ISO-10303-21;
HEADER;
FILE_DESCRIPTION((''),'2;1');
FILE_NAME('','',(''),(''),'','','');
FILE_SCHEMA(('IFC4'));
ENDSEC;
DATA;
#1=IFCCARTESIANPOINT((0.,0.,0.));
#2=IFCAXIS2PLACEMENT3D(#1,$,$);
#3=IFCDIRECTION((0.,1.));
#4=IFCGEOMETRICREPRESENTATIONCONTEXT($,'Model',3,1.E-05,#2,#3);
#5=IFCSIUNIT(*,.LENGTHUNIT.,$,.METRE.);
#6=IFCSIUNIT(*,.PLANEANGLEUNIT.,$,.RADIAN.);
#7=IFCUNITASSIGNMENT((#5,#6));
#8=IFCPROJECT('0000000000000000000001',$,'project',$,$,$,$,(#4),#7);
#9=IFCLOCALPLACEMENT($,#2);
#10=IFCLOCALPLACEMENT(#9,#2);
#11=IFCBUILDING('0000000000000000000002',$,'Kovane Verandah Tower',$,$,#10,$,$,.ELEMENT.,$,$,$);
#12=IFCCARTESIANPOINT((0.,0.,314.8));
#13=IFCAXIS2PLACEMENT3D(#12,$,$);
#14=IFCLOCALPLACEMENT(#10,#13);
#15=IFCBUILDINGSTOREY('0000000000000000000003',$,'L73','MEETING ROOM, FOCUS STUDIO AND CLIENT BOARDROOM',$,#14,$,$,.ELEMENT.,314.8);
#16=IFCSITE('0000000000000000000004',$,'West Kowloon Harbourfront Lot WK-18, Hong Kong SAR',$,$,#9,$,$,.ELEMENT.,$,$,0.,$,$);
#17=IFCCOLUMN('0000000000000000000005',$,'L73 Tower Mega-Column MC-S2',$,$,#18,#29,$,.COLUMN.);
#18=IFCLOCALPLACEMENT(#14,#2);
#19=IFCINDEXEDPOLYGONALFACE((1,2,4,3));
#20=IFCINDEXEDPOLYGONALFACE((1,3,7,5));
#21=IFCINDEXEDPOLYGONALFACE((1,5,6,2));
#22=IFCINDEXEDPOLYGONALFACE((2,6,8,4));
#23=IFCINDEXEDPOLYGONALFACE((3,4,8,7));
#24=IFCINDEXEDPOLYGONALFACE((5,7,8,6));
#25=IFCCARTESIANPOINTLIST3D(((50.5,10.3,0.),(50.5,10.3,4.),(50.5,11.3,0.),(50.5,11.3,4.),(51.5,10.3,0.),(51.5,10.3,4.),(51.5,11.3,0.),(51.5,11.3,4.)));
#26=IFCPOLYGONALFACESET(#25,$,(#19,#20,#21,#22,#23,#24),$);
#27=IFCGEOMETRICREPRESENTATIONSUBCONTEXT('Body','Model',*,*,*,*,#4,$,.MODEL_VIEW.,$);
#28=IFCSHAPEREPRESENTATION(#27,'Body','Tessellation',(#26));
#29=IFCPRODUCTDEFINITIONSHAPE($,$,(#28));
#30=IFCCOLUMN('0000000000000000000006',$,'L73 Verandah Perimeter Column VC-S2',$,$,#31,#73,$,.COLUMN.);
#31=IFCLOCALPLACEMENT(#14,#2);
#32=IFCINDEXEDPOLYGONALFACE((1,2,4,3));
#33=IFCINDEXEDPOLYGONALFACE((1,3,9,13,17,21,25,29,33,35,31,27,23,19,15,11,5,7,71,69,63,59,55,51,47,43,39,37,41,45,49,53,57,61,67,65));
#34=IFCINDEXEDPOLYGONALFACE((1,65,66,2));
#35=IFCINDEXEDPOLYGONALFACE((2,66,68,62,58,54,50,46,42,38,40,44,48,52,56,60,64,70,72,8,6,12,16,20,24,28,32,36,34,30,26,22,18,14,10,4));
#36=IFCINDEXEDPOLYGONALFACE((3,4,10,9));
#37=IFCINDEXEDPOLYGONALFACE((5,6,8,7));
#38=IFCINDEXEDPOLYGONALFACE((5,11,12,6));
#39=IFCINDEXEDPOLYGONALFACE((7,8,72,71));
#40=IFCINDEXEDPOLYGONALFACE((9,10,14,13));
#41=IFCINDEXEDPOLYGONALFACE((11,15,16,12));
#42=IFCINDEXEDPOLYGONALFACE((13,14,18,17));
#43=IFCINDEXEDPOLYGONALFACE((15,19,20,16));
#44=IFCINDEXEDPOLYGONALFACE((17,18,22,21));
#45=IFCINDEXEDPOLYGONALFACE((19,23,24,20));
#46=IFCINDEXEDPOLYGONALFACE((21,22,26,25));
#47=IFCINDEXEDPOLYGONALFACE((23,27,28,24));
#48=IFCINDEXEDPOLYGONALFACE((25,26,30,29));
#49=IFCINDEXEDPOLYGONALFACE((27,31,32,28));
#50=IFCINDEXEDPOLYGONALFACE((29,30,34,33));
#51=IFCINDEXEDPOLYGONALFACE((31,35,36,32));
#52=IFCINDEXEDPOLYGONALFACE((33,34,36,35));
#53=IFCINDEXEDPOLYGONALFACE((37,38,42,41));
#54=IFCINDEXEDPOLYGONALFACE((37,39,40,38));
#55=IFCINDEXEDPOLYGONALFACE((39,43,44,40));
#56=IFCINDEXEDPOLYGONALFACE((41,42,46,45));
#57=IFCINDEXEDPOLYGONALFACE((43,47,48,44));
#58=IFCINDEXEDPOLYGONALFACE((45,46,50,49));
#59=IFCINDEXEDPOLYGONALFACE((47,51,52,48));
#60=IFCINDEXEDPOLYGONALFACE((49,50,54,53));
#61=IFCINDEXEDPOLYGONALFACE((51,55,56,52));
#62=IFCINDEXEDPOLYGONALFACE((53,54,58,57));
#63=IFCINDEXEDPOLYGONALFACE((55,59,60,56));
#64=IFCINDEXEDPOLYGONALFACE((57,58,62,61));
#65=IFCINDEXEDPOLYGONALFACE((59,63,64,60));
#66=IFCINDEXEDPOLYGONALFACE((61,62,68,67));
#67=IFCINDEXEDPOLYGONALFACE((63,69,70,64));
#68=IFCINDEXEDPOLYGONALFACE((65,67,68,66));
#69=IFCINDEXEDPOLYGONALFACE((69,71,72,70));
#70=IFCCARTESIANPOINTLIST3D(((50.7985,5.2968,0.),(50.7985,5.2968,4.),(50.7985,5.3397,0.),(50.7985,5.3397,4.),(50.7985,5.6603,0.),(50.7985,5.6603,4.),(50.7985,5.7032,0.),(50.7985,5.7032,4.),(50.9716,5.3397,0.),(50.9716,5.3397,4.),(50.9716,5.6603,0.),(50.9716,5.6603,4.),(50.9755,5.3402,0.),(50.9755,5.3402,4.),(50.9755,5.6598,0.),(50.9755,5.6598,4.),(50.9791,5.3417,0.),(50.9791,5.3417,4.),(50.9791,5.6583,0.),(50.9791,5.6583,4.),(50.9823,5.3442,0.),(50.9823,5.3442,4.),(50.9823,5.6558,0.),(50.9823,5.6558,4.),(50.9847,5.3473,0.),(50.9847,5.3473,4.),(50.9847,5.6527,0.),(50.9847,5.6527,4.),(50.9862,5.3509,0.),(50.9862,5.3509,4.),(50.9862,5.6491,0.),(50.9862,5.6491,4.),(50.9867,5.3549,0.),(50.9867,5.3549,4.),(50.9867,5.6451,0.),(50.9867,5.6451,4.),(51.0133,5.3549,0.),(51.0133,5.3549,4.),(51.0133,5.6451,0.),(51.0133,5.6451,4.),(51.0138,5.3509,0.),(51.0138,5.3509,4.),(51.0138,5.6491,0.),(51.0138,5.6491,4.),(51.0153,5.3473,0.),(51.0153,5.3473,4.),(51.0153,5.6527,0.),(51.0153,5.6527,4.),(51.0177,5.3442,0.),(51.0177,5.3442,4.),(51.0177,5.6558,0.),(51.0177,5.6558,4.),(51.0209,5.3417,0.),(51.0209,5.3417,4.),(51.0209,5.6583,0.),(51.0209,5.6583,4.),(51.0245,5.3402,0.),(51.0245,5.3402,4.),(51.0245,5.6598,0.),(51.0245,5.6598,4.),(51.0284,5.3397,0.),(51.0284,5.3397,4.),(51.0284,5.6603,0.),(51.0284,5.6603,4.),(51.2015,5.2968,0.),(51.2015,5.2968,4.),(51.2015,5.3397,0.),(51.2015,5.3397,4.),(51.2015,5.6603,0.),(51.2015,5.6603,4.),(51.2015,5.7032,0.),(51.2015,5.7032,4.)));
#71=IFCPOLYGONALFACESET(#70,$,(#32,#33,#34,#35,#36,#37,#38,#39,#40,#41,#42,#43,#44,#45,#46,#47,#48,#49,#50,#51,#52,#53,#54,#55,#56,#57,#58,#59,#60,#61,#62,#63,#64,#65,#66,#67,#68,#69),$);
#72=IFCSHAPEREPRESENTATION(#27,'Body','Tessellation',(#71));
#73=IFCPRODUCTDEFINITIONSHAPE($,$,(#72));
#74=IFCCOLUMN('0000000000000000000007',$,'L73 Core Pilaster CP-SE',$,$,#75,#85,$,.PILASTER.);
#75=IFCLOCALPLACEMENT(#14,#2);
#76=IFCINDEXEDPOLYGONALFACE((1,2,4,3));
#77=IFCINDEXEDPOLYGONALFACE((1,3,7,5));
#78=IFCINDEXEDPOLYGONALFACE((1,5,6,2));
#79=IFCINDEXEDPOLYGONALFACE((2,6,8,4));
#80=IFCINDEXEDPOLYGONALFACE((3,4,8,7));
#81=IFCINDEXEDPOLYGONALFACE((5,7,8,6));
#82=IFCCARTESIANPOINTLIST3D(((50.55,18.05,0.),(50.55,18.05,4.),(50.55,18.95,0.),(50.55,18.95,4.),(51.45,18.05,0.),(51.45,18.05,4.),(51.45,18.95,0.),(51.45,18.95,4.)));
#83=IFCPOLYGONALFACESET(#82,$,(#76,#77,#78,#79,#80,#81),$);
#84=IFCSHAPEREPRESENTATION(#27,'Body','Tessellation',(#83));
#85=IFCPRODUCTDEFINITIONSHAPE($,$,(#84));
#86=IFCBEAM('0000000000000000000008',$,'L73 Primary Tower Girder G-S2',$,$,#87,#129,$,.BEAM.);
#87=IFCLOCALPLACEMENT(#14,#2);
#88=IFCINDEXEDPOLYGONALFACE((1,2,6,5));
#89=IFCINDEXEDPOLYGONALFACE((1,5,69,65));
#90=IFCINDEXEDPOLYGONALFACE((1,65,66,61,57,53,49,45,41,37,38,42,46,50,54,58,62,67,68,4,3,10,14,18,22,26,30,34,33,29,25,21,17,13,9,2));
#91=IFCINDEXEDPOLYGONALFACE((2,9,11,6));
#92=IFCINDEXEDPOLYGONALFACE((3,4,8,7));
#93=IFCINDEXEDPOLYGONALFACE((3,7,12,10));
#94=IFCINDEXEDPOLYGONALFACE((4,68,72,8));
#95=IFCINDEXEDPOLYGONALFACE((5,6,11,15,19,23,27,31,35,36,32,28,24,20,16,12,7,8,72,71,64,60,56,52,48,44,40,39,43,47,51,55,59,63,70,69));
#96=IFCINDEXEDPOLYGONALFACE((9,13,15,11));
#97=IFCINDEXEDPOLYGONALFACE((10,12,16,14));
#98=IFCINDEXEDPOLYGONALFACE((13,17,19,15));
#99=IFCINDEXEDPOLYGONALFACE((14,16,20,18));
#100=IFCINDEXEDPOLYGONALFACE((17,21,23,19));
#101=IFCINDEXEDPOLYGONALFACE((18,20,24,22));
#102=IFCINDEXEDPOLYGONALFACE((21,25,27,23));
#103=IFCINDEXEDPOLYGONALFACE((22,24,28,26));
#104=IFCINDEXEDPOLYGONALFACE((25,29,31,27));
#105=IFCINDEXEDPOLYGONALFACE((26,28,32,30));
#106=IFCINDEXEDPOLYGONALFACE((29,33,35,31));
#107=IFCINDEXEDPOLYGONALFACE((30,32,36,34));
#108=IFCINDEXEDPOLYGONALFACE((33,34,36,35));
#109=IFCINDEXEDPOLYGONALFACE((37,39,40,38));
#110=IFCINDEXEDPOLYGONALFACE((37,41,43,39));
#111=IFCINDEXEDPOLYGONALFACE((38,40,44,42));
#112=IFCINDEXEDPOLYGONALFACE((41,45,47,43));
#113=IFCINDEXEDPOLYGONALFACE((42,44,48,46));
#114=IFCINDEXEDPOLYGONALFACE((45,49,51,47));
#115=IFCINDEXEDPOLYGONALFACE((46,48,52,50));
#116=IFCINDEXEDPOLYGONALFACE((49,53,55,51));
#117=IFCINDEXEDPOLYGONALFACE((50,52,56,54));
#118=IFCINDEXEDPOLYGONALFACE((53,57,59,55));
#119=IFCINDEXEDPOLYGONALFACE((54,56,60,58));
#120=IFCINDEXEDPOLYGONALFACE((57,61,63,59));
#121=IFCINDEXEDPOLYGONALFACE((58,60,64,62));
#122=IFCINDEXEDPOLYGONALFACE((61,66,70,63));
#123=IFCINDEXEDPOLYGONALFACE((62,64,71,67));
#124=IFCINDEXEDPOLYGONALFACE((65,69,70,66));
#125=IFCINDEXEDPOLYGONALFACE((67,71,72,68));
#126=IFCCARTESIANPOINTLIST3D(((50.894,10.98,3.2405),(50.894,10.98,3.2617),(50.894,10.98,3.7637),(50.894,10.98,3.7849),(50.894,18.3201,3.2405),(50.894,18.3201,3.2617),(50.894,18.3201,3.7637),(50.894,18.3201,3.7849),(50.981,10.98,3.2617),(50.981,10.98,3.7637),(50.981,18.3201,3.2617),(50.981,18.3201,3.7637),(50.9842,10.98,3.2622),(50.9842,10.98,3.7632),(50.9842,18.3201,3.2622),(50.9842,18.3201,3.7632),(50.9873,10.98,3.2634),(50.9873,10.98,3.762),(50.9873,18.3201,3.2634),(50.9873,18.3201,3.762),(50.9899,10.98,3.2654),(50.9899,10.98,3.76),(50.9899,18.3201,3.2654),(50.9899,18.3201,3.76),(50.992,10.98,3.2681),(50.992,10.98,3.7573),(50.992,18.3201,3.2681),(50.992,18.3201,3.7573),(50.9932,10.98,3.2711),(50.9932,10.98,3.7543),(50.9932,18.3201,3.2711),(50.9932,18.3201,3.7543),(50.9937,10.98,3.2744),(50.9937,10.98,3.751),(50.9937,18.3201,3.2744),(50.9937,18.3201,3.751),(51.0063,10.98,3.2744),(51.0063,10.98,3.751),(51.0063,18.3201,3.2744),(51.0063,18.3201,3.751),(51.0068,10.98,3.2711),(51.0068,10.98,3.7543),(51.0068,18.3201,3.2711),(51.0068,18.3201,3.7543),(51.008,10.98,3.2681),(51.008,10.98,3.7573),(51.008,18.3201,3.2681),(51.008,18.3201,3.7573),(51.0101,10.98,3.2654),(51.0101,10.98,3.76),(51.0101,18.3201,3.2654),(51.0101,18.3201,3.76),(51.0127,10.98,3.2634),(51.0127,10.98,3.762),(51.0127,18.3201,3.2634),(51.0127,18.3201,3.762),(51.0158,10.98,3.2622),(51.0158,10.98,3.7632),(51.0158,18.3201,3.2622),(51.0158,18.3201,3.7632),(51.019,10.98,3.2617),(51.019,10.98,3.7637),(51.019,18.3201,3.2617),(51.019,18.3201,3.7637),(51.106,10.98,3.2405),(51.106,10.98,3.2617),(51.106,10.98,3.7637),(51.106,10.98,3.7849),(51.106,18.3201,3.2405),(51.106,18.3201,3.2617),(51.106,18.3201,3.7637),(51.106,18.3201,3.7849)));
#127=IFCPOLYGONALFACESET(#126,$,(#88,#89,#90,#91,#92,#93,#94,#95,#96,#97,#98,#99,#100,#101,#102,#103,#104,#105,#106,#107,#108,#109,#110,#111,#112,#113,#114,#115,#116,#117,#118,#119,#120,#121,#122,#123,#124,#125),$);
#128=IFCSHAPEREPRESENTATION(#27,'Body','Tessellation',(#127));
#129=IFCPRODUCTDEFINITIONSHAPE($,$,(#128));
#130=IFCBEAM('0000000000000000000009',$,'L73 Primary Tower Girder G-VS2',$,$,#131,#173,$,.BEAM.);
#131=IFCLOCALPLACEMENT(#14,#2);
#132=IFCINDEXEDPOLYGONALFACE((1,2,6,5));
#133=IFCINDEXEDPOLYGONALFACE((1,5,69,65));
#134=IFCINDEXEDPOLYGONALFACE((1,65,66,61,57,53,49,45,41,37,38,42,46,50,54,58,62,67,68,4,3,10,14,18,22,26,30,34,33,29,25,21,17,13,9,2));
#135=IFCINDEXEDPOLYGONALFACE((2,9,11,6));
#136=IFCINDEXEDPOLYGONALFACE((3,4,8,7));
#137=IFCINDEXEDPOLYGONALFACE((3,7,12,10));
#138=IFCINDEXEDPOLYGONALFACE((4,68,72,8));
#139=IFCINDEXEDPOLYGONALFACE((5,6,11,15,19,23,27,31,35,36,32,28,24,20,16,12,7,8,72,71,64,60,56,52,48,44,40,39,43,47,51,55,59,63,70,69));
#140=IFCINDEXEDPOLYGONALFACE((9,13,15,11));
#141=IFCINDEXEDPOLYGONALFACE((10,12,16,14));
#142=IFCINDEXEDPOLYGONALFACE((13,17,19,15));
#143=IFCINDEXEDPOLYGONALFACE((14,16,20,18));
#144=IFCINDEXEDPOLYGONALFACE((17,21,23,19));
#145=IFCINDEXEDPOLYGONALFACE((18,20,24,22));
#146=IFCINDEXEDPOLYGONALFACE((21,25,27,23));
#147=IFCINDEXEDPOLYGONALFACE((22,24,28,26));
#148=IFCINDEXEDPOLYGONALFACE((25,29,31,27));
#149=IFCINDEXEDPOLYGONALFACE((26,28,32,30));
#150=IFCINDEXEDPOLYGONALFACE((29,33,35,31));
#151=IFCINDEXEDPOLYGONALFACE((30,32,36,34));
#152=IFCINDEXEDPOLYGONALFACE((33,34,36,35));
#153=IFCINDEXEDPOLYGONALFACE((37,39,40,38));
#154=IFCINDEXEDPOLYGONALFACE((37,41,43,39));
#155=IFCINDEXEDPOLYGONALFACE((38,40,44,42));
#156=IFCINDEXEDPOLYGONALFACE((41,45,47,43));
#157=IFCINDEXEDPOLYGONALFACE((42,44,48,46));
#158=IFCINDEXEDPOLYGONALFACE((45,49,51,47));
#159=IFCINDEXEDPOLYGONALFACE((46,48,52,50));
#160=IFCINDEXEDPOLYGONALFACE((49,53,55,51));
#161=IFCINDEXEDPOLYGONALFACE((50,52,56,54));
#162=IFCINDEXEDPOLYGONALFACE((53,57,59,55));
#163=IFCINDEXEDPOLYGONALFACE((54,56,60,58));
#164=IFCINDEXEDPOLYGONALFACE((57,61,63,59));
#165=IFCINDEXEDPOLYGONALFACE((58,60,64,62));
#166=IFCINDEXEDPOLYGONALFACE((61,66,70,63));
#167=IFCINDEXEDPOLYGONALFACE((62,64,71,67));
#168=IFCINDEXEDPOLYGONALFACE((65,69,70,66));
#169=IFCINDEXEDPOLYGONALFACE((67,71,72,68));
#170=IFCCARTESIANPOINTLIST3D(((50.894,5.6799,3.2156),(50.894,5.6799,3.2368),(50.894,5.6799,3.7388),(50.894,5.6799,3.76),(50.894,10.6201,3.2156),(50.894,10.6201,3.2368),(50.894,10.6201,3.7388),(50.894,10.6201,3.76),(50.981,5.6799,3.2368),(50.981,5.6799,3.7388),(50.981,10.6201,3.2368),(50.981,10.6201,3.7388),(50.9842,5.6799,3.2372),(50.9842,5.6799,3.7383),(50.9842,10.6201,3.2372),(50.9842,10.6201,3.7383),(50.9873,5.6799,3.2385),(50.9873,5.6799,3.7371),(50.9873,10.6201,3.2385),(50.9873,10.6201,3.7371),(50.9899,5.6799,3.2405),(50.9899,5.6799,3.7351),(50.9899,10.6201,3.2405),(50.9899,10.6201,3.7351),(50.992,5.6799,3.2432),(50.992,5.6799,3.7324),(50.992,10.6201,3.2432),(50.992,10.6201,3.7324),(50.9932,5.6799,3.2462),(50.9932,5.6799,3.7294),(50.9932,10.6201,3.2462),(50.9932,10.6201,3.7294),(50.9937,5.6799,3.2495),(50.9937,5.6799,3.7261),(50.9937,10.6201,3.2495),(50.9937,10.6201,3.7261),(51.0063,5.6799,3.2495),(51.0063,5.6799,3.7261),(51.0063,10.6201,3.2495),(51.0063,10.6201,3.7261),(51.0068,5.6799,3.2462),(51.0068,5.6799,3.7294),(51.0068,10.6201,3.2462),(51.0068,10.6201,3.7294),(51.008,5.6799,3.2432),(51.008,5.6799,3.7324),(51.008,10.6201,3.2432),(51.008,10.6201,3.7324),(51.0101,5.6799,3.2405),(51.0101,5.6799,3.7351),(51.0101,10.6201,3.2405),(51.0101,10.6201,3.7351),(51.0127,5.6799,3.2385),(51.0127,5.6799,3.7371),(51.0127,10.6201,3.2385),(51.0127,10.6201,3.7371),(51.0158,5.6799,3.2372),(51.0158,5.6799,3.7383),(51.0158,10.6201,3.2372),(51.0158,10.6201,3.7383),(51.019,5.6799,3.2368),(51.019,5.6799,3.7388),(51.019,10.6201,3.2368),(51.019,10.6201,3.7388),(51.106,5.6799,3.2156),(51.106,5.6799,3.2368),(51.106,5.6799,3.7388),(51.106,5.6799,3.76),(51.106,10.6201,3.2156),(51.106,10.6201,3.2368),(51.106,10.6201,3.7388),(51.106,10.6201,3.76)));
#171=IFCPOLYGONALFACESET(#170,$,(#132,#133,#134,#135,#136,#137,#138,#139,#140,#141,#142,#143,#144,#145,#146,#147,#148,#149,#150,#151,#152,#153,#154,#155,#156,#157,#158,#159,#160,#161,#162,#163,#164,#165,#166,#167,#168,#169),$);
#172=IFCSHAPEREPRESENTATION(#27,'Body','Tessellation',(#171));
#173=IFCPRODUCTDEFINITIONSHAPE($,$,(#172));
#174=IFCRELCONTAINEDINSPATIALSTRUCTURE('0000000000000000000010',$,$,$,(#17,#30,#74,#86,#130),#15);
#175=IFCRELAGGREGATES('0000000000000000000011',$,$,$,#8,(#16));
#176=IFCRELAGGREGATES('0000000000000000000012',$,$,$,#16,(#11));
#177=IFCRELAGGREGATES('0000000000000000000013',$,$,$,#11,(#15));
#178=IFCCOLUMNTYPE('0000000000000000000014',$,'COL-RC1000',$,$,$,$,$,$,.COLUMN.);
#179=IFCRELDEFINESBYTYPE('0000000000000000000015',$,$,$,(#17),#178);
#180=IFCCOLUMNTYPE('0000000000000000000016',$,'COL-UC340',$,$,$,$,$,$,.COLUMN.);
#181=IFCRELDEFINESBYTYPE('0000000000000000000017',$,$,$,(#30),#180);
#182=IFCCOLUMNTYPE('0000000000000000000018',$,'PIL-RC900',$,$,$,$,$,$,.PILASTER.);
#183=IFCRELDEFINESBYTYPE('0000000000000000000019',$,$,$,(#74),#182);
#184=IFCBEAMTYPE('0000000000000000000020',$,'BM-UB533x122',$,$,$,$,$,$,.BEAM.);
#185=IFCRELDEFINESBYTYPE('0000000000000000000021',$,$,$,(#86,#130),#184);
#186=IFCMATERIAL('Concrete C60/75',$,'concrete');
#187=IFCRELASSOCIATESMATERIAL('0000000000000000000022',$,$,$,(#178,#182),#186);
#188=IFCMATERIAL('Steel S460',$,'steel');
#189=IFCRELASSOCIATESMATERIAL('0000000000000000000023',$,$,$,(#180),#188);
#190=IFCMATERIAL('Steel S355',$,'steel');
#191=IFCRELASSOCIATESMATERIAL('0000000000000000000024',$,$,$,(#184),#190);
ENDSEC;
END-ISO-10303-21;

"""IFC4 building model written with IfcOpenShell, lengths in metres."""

from ifc_helpers import new_model, si_unit, direction, frame, origin, origin_2d, place, context, subcontext, project, spatial, rectangle, i_section, extrude, material, material_profile, profile_set, type_object, element, save


model = new_model("IFC4")

# Units and contexts
model_context = context("Model", 3, precision=1e-05, world=origin(), true_north=direction((0.0, 1.0)))
body_context = subcontext(model_context, "Body", "Model", "MODEL_VIEW")
ifc_project = project(units=[si_unit("LENGTHUNIT", "METRE"), si_unit("PLANEANGLEUNIT", "RADIAN")], contexts=[model_context])

# Site, building, storey
site_placement = place(None, origin())
site = spatial("IfcSite", under=ifc_project, at=site_placement, Name="West Kowloon Harbourfront Lot WK-18, Hong Kong SAR", CompositionType="ELEMENT", RefElevation=0.0)
building_placement = place(site_placement, origin())
building = spatial("IfcBuilding", under=site, at=building_placement, Name="Kovane Verandah Tower", CompositionType="ELEMENT")
storey_placement = place(building_placement, frame((0.0, 0.0, 314.8)))
storey = spatial("IfcBuildingStorey", under=building, at=storey_placement, Name="L73", Description="MEETING ROOM, FOCUS STUDIO AND CLIENT BOARDROOM", CompositionType="ELEMENT", Elevation=314.8)

# Columns
ifc_material_1 = material(Name="Concrete C60/75", Category="concrete")
ifc_material_profile_1 = material_profile(ifc_material_1, rectangle(XDim=1.0, YDim=1.0, at=origin_2d()), Name="RC1000x1000")
ifc_profile_set_1 = profile_set([ifc_material_profile_1], Name="Concrete C60/75")
column_type_1 = type_object("IfcColumnType", Name="COL-RC1000", PredefinedType="COLUMN", material=ifc_profile_set_1)
column_1_placement = place(storey_placement, frame((51.0, 10.8, 0.0), z_axis=(0.0, 0.0, 1.0), x_axis=(1.0, 0.0, 0.0)))
element("IfcColumn", 1, at=column_1_placement, inside=storey, type_object=column_type_1, Name="L73 Tower Mega-Column MC-S2", PredefinedType="COLUMN", context=body_context, shape_type="SweptSolid", body=[
    extrude(rectangle(XDim=1.0, YDim=1.0, at=origin_2d()), origin(), (0.0, 0.0, 1.0), 4.0),
])
ifc_material_2 = material(Name="Steel S460", Category="steel")
ifc_material_profile_2 = material_profile(ifc_material_2, i_section(OverallWidth=0.4031, OverallDepth=0.4065, WebThickness=0.0266, FlangeThickness=0.043, FilletRadius=0.0151, at=origin_2d()), Name="UC356x406x340")
ifc_profile_set_2 = profile_set([ifc_material_profile_2], Name="Steel S460")
column_type_2 = type_object("IfcColumnType", Name="COL-UC340", PredefinedType="COLUMN", material=ifc_profile_set_2)
column_2_placement = place(storey_placement, frame((51.0, 5.5, 0.0), z_axis=(0.0, 0.0, 1.0), x_axis=(1.0, 0.0, 0.0)))
element("IfcColumn", 2, at=column_2_placement, inside=storey, type_object=column_type_2, Name="L73 Verandah Perimeter Column VC-S2", PredefinedType="COLUMN", context=body_context, shape_type="SweptSolid", body=[
    extrude(i_section(OverallWidth=0.4031, OverallDepth=0.4065, WebThickness=0.0266, FlangeThickness=0.043, FilletRadius=0.0151, at=origin_2d()), origin(), (0.0, 0.0, 1.0), 4.0),
])
ifc_material_profile_3 = material_profile(ifc_material_1, rectangle(XDim=0.8999, YDim=0.8999, at=origin_2d()), Name="RC900x900")
ifc_profile_set_3 = profile_set([ifc_material_profile_3], Name="Concrete C60/75")
column_type_3 = type_object("IfcColumnType", Name="PIL-RC900", PredefinedType="PILASTER", material=ifc_profile_set_3)
column_3_placement = place(storey_placement, frame((51.0, 18.5, 0.0), z_axis=(0.0, 0.0, 1.0), x_axis=(1.0, 0.0, 0.0)))
element("IfcColumn", 3, at=column_3_placement, inside=storey, type_object=column_type_3, Name="L73 Core Pilaster CP-SE", PredefinedType="PILASTER", context=body_context, shape_type="SweptSolid", body=[
    extrude(rectangle(XDim=0.8999, YDim=0.8999, at=origin_2d()), origin(), (0.0, 0.0, 1.0), 4.0),
])

# Beams
ifc_material_3 = material(Name="Steel S355", Category="steel")
ifc_material_profile_4 = material_profile(ifc_material_3, i_section(OverallWidth=0.2119, OverallDepth=0.5444, WebThickness=0.0127, FlangeThickness=0.0212, FilletRadius=0.0127, at=origin_2d()), Name="UB533x210x122")
ifc_profile_set_4 = profile_set([ifc_material_profile_4], Name="Steel S355")
beam_type_1 = type_object("IfcBeamType", Name="BM-UB533x122", PredefinedType="BEAM", material=ifc_profile_set_4)
beam_1_placement = place(storey_placement, frame((51.0, 18.3201, 3.5127), z_axis=(0.0, -1.0, 0.0), x_axis=(1.0, 0.0, 0.0)))
element("IfcBeam", 4, at=beam_1_placement, inside=storey, type_object=beam_type_1, Name="L73 Primary Tower Girder G-S2", PredefinedType="BEAM", context=body_context, shape_type="SweptSolid", body=[
    extrude(i_section(OverallWidth=0.2119, OverallDepth=0.5444, WebThickness=0.0127, FlangeThickness=0.0212, FilletRadius=0.0127, at=origin_2d()), origin(), (0.0, 0.0, 1.0), 7.3401),
])
beam_2_placement = place(storey_placement, frame((51.0, 10.6201, 3.4878), z_axis=(0.0, -1.0, 0.0), x_axis=(1.0, 0.0, 0.0)))
element("IfcBeam", 5, at=beam_2_placement, inside=storey, type_object=beam_type_1, Name="L73 Primary Tower Girder G-VS2", PredefinedType="BEAM", context=body_context, shape_type="SweptSolid", body=[
    extrude(i_section(OverallWidth=0.2119, OverallDepth=0.5444, WebThickness=0.0127, FlangeThickness=0.0212, FilletRadius=0.0127, at=origin_2d()), origin(), (0.0, 0.0, 1.0), 4.9402),
])

save(model, "model.ifc")
